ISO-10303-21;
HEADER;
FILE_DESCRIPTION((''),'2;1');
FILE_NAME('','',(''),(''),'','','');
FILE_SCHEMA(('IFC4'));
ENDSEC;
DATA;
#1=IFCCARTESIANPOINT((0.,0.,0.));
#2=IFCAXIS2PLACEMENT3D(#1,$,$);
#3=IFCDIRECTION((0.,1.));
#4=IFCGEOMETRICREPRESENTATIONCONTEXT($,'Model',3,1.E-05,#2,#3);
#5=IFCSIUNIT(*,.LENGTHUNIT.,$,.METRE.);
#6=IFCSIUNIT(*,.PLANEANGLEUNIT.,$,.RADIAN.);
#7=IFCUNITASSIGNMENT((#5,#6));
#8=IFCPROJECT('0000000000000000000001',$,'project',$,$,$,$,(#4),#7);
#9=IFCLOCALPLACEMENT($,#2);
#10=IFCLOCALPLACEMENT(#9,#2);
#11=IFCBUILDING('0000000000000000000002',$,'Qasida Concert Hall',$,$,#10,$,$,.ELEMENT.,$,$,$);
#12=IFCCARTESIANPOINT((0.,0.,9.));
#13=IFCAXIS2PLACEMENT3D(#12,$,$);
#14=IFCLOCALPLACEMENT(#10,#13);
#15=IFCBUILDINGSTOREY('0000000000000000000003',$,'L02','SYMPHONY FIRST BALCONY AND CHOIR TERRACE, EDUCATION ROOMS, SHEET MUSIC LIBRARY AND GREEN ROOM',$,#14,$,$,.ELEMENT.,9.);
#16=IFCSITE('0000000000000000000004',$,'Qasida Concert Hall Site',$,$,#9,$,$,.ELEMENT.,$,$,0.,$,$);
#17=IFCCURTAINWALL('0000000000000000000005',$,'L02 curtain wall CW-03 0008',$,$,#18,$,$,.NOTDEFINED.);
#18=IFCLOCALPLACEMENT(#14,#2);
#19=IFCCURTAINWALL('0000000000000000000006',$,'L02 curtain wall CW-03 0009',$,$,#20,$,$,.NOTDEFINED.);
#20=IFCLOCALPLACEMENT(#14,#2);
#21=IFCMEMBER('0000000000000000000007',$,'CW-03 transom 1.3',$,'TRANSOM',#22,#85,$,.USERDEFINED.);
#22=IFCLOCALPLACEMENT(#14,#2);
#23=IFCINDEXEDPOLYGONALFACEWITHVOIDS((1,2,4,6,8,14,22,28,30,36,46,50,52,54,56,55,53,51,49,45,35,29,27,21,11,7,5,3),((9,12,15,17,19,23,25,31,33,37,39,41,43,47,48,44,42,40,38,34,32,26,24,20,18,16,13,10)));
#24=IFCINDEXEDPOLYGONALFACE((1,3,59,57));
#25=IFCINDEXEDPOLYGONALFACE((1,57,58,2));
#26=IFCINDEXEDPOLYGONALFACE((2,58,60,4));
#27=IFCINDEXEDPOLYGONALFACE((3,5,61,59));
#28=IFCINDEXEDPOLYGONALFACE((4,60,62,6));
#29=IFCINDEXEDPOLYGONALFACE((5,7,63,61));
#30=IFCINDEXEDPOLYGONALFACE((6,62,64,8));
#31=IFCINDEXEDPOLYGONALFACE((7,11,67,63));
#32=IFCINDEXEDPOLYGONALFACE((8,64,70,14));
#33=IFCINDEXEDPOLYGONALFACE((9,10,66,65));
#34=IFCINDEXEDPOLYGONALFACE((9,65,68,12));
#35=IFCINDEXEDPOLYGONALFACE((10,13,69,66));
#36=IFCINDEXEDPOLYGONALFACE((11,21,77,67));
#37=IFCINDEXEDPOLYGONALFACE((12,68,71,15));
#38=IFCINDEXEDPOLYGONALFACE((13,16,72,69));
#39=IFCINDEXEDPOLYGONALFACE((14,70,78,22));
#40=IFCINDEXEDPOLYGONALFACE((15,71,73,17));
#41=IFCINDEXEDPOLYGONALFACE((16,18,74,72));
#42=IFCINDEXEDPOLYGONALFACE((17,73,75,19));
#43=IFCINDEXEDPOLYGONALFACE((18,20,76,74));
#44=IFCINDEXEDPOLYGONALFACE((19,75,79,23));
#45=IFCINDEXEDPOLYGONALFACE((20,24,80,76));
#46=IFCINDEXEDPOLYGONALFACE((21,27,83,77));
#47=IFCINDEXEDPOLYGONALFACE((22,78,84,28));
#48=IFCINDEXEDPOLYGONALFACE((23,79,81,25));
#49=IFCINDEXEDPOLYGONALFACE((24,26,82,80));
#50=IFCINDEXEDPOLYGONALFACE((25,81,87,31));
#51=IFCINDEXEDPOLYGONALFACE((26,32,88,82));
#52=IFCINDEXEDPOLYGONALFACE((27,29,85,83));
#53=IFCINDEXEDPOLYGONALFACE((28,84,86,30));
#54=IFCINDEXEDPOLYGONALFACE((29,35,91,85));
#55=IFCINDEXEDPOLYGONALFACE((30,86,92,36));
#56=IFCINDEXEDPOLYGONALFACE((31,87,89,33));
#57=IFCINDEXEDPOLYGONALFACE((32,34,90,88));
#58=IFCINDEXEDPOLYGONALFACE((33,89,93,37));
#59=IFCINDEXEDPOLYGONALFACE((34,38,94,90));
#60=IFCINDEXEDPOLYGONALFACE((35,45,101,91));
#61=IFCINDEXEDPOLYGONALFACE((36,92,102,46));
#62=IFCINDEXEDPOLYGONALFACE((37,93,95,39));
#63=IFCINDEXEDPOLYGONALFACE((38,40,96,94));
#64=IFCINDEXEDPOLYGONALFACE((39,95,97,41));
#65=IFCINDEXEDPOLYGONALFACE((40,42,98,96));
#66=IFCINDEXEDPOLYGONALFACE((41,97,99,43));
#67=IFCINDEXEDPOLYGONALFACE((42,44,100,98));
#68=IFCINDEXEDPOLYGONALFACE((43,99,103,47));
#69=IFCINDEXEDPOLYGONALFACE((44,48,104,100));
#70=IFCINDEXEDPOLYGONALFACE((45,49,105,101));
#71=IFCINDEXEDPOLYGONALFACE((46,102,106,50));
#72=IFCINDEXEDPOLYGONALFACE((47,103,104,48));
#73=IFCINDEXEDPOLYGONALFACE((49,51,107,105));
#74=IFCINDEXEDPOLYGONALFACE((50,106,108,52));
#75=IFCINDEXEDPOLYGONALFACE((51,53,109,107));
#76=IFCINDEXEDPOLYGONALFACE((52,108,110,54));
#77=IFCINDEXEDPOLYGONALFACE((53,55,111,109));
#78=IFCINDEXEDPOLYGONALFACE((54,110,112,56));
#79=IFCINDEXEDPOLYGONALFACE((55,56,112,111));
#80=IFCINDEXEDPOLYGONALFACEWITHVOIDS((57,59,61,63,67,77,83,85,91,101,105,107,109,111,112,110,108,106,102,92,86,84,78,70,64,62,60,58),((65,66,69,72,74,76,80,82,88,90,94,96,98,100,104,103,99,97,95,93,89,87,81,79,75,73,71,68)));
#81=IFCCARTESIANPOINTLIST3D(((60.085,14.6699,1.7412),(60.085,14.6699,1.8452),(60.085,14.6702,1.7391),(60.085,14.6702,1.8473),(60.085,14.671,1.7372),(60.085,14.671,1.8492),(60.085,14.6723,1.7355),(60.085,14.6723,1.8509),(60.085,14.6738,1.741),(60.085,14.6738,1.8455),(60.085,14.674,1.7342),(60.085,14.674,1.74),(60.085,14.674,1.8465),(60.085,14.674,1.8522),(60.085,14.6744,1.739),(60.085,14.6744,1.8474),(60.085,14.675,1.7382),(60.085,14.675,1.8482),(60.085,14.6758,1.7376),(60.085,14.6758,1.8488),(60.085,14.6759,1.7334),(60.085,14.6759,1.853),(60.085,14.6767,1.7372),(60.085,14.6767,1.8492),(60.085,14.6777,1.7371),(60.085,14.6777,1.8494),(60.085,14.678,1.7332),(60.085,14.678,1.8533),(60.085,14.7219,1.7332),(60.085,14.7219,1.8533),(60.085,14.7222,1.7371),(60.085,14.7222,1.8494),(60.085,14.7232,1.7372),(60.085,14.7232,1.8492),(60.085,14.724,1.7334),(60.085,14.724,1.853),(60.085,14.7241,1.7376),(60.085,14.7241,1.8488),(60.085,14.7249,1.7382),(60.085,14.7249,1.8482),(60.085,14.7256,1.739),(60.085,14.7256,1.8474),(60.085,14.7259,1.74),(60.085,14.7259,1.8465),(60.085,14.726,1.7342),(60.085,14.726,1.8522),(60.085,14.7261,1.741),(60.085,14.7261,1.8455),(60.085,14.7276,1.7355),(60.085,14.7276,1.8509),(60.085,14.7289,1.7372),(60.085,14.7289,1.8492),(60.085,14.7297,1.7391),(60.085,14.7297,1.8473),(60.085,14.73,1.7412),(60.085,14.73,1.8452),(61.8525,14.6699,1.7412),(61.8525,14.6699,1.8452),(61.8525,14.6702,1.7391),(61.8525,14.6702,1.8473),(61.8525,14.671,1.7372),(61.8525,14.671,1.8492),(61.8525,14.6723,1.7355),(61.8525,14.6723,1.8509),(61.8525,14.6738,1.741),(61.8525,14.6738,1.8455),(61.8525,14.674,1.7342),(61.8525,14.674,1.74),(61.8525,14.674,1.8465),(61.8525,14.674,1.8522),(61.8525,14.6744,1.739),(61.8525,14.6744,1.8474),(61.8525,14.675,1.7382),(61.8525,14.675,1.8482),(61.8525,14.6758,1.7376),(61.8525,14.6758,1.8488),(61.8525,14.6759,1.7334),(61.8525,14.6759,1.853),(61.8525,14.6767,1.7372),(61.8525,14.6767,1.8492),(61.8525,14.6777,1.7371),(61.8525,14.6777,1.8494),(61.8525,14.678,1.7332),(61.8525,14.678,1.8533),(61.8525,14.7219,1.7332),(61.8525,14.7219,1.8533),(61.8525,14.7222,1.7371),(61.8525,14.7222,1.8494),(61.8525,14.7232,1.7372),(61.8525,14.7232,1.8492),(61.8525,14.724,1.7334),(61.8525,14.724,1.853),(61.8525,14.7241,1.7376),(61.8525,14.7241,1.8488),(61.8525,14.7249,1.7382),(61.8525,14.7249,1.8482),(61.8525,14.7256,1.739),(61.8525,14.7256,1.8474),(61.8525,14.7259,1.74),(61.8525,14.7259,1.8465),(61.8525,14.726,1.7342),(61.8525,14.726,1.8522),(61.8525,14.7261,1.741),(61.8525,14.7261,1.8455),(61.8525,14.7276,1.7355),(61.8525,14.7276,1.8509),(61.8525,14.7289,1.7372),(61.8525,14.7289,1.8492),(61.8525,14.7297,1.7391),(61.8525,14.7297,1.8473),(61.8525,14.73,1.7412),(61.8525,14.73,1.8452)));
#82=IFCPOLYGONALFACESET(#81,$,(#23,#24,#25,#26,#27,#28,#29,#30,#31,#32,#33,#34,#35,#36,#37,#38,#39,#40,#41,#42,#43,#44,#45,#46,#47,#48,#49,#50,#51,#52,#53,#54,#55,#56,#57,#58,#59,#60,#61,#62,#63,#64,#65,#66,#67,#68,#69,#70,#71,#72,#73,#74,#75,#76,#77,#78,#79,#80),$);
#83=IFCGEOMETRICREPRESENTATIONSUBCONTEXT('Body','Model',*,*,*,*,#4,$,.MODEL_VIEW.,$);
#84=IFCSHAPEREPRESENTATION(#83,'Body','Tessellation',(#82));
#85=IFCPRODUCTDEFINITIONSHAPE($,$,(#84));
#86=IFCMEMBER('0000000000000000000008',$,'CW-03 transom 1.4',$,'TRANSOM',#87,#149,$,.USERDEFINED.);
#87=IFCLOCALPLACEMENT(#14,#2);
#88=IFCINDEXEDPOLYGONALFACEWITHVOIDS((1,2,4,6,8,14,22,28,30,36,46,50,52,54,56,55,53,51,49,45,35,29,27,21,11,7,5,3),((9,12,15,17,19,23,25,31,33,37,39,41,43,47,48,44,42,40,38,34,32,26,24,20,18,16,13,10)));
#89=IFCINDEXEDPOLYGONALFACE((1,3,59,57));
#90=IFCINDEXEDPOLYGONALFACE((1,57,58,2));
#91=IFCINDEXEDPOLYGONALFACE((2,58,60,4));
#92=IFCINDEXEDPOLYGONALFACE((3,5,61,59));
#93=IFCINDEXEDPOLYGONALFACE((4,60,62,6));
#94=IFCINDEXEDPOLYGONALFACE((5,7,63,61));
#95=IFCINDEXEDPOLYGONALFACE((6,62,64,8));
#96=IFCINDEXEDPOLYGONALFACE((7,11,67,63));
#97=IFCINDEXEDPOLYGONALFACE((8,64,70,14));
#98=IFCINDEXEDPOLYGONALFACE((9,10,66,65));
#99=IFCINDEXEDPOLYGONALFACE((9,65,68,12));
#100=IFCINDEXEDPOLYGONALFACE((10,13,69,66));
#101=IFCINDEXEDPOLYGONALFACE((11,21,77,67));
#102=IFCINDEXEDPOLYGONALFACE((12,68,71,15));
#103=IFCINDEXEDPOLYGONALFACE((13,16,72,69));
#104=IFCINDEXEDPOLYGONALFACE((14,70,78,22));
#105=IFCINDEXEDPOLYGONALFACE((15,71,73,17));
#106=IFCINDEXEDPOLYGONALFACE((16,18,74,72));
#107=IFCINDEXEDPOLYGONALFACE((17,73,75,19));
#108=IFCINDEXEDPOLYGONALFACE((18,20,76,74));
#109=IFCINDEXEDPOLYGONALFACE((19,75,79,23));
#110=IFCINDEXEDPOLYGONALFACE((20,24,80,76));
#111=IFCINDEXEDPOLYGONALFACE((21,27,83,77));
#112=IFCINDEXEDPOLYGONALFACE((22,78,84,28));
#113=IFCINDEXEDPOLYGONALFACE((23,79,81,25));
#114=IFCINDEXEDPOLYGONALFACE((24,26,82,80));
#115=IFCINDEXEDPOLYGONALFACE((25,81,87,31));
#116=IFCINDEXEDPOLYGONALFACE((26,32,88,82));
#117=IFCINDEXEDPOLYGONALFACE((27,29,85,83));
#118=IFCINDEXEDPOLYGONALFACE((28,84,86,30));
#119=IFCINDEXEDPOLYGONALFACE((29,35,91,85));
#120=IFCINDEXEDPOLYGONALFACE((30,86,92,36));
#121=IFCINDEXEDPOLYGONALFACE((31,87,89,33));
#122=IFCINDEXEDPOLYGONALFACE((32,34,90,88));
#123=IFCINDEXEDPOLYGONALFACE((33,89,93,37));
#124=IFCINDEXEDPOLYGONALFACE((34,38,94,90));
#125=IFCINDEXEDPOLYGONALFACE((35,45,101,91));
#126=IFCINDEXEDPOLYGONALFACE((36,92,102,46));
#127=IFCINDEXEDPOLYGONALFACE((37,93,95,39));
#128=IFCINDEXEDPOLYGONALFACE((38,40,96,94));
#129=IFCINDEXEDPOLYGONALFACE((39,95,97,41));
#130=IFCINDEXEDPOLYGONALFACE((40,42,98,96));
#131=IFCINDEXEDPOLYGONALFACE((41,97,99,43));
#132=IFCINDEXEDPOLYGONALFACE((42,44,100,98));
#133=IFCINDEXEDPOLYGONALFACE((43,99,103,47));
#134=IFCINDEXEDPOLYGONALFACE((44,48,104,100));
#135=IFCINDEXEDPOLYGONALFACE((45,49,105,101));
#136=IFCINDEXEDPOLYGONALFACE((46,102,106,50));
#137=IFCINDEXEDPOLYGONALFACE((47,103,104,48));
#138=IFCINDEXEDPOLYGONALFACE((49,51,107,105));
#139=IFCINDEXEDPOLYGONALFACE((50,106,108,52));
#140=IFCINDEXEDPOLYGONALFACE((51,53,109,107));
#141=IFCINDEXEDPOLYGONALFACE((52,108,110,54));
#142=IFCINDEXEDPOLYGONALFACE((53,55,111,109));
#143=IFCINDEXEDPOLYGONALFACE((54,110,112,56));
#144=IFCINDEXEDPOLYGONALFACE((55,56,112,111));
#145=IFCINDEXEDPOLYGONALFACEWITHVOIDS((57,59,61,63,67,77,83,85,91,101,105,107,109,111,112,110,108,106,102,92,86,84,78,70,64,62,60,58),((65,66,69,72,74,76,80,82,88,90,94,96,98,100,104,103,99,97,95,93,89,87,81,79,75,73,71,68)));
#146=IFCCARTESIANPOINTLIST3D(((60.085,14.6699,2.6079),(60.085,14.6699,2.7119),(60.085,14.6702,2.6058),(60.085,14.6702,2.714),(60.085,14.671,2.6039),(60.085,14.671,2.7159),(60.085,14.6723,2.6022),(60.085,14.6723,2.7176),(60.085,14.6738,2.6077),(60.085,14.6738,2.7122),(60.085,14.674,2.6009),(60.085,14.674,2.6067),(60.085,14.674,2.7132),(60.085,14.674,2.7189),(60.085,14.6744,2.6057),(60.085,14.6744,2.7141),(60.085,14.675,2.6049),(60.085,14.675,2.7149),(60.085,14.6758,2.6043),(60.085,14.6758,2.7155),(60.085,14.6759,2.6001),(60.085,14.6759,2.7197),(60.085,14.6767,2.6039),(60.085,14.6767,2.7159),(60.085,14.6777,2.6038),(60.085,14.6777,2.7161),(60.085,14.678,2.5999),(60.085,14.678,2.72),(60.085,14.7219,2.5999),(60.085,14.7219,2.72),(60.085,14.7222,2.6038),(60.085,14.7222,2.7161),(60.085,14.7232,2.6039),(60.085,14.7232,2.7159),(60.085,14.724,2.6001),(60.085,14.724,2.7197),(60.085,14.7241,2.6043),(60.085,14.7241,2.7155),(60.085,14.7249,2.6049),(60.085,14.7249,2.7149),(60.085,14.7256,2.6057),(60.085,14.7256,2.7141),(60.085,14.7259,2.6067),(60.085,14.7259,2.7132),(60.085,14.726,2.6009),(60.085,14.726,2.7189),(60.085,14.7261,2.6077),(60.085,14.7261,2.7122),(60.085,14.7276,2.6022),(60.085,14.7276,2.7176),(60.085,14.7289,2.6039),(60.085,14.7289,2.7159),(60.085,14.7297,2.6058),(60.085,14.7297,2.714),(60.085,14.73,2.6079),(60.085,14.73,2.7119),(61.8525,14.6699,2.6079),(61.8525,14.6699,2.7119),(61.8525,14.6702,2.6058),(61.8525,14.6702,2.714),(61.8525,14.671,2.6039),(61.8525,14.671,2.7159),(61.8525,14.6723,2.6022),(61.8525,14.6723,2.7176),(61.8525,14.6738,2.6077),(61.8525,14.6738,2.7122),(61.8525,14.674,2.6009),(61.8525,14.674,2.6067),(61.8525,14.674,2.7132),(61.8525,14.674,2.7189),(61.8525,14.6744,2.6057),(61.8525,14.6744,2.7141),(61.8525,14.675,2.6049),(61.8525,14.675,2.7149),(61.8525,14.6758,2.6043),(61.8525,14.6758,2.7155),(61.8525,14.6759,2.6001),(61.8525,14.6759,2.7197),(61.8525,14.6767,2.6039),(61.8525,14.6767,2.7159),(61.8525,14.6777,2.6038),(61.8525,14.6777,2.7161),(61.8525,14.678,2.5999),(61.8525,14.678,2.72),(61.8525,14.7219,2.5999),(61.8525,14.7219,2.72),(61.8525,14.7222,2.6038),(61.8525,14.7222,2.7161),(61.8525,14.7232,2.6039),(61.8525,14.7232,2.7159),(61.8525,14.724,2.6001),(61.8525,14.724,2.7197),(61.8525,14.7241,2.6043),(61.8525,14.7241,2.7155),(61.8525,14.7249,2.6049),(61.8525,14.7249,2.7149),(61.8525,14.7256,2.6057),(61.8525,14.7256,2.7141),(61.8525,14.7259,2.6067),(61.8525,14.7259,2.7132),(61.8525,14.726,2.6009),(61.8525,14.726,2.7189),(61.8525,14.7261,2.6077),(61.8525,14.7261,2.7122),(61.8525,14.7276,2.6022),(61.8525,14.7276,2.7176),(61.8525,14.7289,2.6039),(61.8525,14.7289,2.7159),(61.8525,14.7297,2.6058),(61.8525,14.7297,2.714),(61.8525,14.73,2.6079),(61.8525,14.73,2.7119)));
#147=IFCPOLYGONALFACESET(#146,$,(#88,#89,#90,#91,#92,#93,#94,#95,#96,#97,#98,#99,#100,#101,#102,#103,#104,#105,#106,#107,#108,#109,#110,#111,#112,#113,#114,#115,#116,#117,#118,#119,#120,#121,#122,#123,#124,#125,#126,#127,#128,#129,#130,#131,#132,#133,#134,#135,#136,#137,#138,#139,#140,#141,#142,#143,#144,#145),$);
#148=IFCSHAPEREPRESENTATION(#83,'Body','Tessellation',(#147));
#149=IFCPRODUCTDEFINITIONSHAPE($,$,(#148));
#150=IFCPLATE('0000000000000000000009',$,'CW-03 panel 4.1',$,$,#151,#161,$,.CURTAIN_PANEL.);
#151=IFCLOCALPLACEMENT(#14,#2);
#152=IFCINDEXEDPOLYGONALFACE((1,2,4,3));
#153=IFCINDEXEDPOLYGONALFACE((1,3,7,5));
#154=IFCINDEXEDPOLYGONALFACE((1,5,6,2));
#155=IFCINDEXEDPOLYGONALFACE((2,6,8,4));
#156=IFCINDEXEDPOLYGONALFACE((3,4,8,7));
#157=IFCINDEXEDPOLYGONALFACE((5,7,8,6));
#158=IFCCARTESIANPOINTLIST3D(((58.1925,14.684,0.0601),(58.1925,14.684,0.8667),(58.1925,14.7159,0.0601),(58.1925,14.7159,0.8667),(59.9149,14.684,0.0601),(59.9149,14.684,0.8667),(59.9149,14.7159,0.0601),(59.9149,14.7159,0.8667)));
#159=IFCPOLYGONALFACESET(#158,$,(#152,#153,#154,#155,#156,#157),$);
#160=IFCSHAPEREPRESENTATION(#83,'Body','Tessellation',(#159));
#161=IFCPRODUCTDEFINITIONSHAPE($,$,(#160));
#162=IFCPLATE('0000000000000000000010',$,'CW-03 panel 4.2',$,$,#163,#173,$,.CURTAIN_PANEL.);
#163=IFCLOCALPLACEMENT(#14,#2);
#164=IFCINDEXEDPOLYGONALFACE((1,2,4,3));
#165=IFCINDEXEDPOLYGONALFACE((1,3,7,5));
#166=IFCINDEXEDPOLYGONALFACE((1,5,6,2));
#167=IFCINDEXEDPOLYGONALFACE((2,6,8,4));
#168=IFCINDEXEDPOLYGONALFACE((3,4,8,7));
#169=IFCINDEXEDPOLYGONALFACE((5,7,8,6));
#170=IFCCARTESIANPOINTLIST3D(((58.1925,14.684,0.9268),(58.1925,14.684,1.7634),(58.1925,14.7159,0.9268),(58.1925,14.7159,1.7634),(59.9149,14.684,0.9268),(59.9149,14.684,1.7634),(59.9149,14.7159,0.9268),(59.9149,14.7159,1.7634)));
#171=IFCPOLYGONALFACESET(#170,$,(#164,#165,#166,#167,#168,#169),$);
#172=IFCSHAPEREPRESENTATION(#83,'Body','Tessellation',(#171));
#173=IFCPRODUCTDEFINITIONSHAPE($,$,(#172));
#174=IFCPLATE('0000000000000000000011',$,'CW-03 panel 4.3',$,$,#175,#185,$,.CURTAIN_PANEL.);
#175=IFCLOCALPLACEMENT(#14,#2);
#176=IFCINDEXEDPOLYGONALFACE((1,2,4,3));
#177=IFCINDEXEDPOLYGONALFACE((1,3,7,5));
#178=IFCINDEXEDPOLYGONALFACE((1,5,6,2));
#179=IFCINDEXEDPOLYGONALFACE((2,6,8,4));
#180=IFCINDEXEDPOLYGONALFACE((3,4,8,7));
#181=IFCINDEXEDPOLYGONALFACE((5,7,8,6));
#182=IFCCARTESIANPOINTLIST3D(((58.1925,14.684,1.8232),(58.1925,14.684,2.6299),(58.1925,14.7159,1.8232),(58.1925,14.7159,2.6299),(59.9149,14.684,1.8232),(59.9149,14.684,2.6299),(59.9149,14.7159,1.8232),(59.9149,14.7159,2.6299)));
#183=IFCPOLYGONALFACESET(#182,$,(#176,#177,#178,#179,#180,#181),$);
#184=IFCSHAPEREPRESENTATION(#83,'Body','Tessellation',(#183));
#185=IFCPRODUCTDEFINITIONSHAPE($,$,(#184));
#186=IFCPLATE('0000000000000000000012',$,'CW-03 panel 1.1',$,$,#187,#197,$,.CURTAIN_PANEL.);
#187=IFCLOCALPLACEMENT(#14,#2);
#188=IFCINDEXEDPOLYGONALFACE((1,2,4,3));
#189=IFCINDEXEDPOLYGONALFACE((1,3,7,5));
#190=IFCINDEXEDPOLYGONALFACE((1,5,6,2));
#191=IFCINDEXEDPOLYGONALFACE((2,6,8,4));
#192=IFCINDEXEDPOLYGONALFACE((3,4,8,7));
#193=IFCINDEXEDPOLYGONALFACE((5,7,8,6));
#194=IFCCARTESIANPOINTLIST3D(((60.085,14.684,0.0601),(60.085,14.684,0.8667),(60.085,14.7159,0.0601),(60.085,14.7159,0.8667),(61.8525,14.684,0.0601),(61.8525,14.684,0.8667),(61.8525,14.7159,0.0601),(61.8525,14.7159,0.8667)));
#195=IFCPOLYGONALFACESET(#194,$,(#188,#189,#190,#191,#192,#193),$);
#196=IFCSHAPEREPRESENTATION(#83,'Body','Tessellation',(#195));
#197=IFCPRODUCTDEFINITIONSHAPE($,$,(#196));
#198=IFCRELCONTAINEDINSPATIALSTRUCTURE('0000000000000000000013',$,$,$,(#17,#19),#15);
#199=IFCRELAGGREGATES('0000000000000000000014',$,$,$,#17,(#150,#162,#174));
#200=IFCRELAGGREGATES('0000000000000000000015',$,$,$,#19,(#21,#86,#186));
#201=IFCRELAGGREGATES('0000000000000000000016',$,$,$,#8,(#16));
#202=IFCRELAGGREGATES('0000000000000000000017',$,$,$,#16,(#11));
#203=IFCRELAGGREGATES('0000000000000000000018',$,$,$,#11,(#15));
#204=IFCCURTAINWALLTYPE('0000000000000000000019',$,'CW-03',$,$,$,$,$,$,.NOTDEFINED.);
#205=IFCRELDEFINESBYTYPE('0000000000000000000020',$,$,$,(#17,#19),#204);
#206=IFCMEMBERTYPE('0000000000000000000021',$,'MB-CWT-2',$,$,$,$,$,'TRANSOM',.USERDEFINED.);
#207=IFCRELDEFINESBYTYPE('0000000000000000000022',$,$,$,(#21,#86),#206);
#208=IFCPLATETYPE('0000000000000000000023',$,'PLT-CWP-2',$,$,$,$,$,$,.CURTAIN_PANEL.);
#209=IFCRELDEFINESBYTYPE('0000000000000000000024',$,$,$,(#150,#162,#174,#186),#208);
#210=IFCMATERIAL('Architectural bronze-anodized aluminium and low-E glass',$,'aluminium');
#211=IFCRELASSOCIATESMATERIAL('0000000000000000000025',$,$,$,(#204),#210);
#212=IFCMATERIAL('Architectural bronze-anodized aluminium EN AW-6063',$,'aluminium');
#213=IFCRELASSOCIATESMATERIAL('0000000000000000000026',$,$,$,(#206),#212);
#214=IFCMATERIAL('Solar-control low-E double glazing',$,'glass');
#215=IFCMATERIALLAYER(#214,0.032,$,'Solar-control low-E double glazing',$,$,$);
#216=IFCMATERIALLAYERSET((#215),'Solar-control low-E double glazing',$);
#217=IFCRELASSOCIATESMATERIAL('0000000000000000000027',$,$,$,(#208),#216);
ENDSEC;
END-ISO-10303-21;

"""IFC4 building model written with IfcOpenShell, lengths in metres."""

from ifc_helpers import new_model, si_unit, direction, frame, origin, origin_2d, place, context, subcontext, project, spatial, rectangle, hollow_rectangle, extrude, material, layer, layer_set, material_profile, profile_set, type_object, element, aggregate, save


model = new_model("IFC4")

# Units and contexts
model_context = context("Model", 3, precision=1e-05, world=origin(), true_north=direction((0.0, 1.0)))
body_context = subcontext(model_context, "Body", "Model", "MODEL_VIEW")
ifc_project = project(units=[si_unit("LENGTHUNIT", "METRE"), si_unit("PLANEANGLEUNIT", "RADIAN")], contexts=[model_context])

# Site, building, storey
site_placement = place(None, origin())
site = spatial("IfcSite", under=ifc_project, at=site_placement, Name="Qasida Concert Hall Site", CompositionType="ELEMENT", RefElevation=0.0)
building_placement = place(site_placement, origin())
building = spatial("IfcBuilding", under=site, at=building_placement, Name="Qasida Concert Hall", CompositionType="ELEMENT")
storey_placement = place(building_placement, frame((0.0, 0.0, 9.0)))
storey = spatial("IfcBuildingStorey", under=building, at=storey_placement, Name="L02", Description="SYMPHONY FIRST BALCONY AND CHOIR TERRACE, EDUCATION ROOMS, SHEET MUSIC LIBRARY AND GREEN ROOM", CompositionType="ELEMENT", Elevation=9.0)

# Curtain wall
ifc_material_1 = material(Name="Architectural bronze-anodized aluminium and low-E glass", Category="aluminium")
curtain_wall_type = type_object("IfcCurtainWallType", Name="CW-03", PredefinedType="NOTDEFINED", material=ifc_material_1)
curtain_wall_1_placement = place(storey_placement, origin())
curtain_wall_1 = element("IfcCurtainWall", 1, at=curtain_wall_1_placement, inside=storey, type_object=curtain_wall_type, Name="L02 curtain wall CW-03 0008", PredefinedType="NOTDEFINED")
ifc_material_2 = material(Name="Architectural bronze-anodized aluminium EN AW-6063", Category="aluminium")

# Curtain wall, members
curtain_wall_2_placement = place(storey_placement, origin())
curtain_wall_2 = element("IfcCurtainWall", 2, at=curtain_wall_2_placement, inside=storey, type_object=curtain_wall_type, Name="L02 curtain wall CW-03 0009", PredefinedType="NOTDEFINED")
ifc_material_profile_1 = material_profile(ifc_material_2, hollow_rectangle(XDim=0.0601, YDim=0.1201, WallThickness=0.0039, InnerFilletRadius=0.0039, OuterFilletRadius=0.0081, at=origin_2d()), Name="CWT 120x60x4")
ifc_profile_set_1 = profile_set([ifc_material_profile_1], Name="Architectural bronze-anodized aluminium EN AW-6063")
member_type_1 = type_object("IfcMemberType", Name="MB-CWT-2", ElementType="TRANSOM", PredefinedType="USERDEFINED", material=ifc_profile_set_1)
member_1_placement = place(storey_placement, frame((60.085, 14.7, 1.7932), z_axis=(1.0, 0.0, 0.0), x_axis=(0.0, 1.0, 0.0)))
member_1 = element("IfcMember", 3, at=member_1_placement, type_object=member_type_1, Name="CW-03 transom 1.3", ObjectType="TRANSOM", PredefinedType="USERDEFINED", context=body_context, shape_type="SweptSolid", body=[
    extrude(hollow_rectangle(XDim=0.0601, YDim=0.1201, WallThickness=0.0039, InnerFilletRadius=0.0039, OuterFilletRadius=0.0081, at=origin_2d()), origin(), (0.0, 0.0, 1.0), 1.7676),
])
member_2_placement = place(storey_placement, frame((60.085, 14.7, 2.6599), z_axis=(1.0, 0.0, 0.0), x_axis=(0.0, 1.0, 0.0)))
member_2 = element("IfcMember", 4, at=member_2_placement, type_object=member_type_1, Name="CW-03 transom 1.4", ObjectType="TRANSOM", PredefinedType="USERDEFINED", context=body_context, shape_type="SweptSolid", body=[
    extrude(hollow_rectangle(XDim=0.0601, YDim=0.1201, WallThickness=0.0039, InnerFilletRadius=0.0039, OuterFilletRadius=0.0081, at=origin_2d()), origin(), (0.0, 0.0, 1.0), 1.7676),
])

# Plates
ifc_material_3 = material(Name="Solar-control low-E double glazing", Category="glass")
ifc_layer_1 = layer(ifc_material_3, 0.032, Name="Solar-control low-E double glazing")
ifc_layer_set_1 = layer_set([ifc_layer_1], Name="Solar-control low-E double glazing")
plate_type = type_object("IfcPlateType", Name="PLT-CWP-2", PredefinedType="CURTAIN_PANEL", material=ifc_layer_set_1)
plate_1_placement = place(storey_placement, frame((59.0537, 14.7, 0.0601), z_axis=(0.0, 0.0, 1.0), x_axis=(1.0, 0.0, 0.0)))
plate_1 = element("IfcPlate", 5, at=plate_1_placement, type_object=plate_type, Name="CW-03 panel 4.1", PredefinedType="CURTAIN_PANEL", context=body_context, shape_type="SweptSolid", body=[
    extrude(rectangle(XDim=1.7224, YDim=0.032, at=origin_2d()), origin(), (0.0, 0.0, 1.0), 0.8066),
])
plate_2_placement = place(storey_placement, frame((59.0537, 14.7, 0.9268), z_axis=(0.0, 0.0, 1.0), x_axis=(1.0, 0.0, 0.0)))
plate_2 = element("IfcPlate", 6, at=plate_2_placement, type_object=plate_type, Name="CW-03 panel 4.2", PredefinedType="CURTAIN_PANEL", context=body_context, shape_type="SweptSolid", body=[
    extrude(rectangle(XDim=1.7224, YDim=0.032, at=origin_2d()), origin(), (0.0, 0.0, 1.0), 0.8367),
])
plate_3_placement = place(storey_placement, frame((59.0537, 14.7, 1.8232), z_axis=(0.0, 0.0, 1.0), x_axis=(1.0, 0.0, 0.0)))
plate_3 = element("IfcPlate", 7, at=plate_3_placement, type_object=plate_type, Name="CW-03 panel 4.3", PredefinedType="CURTAIN_PANEL", context=body_context, shape_type="SweptSolid", body=[
    extrude(rectangle(XDim=1.7224, YDim=0.032, at=origin_2d()), origin(), (0.0, 0.0, 1.0), 0.8066),
])
aggregate(curtain_wall_1, [plate_1, plate_2, plate_3])
plate_4_placement = place(storey_placement, frame((60.9688, 14.7, 0.0601), z_axis=(0.0, 0.0, 1.0), x_axis=(1.0, 0.0, 0.0)))
plate_4 = element("IfcPlate", 8, at=plate_4_placement, type_object=plate_type, Name="CW-03 panel 1.1", PredefinedType="CURTAIN_PANEL", context=body_context, shape_type="SweptSolid", body=[
    extrude(rectangle(XDim=1.7676, YDim=0.032, at=origin_2d()), origin(), (0.0, 0.0, 1.0), 0.8066),
])
aggregate(curtain_wall_2, [member_1, member_2, plate_4])

save(model, "model.ifc")
